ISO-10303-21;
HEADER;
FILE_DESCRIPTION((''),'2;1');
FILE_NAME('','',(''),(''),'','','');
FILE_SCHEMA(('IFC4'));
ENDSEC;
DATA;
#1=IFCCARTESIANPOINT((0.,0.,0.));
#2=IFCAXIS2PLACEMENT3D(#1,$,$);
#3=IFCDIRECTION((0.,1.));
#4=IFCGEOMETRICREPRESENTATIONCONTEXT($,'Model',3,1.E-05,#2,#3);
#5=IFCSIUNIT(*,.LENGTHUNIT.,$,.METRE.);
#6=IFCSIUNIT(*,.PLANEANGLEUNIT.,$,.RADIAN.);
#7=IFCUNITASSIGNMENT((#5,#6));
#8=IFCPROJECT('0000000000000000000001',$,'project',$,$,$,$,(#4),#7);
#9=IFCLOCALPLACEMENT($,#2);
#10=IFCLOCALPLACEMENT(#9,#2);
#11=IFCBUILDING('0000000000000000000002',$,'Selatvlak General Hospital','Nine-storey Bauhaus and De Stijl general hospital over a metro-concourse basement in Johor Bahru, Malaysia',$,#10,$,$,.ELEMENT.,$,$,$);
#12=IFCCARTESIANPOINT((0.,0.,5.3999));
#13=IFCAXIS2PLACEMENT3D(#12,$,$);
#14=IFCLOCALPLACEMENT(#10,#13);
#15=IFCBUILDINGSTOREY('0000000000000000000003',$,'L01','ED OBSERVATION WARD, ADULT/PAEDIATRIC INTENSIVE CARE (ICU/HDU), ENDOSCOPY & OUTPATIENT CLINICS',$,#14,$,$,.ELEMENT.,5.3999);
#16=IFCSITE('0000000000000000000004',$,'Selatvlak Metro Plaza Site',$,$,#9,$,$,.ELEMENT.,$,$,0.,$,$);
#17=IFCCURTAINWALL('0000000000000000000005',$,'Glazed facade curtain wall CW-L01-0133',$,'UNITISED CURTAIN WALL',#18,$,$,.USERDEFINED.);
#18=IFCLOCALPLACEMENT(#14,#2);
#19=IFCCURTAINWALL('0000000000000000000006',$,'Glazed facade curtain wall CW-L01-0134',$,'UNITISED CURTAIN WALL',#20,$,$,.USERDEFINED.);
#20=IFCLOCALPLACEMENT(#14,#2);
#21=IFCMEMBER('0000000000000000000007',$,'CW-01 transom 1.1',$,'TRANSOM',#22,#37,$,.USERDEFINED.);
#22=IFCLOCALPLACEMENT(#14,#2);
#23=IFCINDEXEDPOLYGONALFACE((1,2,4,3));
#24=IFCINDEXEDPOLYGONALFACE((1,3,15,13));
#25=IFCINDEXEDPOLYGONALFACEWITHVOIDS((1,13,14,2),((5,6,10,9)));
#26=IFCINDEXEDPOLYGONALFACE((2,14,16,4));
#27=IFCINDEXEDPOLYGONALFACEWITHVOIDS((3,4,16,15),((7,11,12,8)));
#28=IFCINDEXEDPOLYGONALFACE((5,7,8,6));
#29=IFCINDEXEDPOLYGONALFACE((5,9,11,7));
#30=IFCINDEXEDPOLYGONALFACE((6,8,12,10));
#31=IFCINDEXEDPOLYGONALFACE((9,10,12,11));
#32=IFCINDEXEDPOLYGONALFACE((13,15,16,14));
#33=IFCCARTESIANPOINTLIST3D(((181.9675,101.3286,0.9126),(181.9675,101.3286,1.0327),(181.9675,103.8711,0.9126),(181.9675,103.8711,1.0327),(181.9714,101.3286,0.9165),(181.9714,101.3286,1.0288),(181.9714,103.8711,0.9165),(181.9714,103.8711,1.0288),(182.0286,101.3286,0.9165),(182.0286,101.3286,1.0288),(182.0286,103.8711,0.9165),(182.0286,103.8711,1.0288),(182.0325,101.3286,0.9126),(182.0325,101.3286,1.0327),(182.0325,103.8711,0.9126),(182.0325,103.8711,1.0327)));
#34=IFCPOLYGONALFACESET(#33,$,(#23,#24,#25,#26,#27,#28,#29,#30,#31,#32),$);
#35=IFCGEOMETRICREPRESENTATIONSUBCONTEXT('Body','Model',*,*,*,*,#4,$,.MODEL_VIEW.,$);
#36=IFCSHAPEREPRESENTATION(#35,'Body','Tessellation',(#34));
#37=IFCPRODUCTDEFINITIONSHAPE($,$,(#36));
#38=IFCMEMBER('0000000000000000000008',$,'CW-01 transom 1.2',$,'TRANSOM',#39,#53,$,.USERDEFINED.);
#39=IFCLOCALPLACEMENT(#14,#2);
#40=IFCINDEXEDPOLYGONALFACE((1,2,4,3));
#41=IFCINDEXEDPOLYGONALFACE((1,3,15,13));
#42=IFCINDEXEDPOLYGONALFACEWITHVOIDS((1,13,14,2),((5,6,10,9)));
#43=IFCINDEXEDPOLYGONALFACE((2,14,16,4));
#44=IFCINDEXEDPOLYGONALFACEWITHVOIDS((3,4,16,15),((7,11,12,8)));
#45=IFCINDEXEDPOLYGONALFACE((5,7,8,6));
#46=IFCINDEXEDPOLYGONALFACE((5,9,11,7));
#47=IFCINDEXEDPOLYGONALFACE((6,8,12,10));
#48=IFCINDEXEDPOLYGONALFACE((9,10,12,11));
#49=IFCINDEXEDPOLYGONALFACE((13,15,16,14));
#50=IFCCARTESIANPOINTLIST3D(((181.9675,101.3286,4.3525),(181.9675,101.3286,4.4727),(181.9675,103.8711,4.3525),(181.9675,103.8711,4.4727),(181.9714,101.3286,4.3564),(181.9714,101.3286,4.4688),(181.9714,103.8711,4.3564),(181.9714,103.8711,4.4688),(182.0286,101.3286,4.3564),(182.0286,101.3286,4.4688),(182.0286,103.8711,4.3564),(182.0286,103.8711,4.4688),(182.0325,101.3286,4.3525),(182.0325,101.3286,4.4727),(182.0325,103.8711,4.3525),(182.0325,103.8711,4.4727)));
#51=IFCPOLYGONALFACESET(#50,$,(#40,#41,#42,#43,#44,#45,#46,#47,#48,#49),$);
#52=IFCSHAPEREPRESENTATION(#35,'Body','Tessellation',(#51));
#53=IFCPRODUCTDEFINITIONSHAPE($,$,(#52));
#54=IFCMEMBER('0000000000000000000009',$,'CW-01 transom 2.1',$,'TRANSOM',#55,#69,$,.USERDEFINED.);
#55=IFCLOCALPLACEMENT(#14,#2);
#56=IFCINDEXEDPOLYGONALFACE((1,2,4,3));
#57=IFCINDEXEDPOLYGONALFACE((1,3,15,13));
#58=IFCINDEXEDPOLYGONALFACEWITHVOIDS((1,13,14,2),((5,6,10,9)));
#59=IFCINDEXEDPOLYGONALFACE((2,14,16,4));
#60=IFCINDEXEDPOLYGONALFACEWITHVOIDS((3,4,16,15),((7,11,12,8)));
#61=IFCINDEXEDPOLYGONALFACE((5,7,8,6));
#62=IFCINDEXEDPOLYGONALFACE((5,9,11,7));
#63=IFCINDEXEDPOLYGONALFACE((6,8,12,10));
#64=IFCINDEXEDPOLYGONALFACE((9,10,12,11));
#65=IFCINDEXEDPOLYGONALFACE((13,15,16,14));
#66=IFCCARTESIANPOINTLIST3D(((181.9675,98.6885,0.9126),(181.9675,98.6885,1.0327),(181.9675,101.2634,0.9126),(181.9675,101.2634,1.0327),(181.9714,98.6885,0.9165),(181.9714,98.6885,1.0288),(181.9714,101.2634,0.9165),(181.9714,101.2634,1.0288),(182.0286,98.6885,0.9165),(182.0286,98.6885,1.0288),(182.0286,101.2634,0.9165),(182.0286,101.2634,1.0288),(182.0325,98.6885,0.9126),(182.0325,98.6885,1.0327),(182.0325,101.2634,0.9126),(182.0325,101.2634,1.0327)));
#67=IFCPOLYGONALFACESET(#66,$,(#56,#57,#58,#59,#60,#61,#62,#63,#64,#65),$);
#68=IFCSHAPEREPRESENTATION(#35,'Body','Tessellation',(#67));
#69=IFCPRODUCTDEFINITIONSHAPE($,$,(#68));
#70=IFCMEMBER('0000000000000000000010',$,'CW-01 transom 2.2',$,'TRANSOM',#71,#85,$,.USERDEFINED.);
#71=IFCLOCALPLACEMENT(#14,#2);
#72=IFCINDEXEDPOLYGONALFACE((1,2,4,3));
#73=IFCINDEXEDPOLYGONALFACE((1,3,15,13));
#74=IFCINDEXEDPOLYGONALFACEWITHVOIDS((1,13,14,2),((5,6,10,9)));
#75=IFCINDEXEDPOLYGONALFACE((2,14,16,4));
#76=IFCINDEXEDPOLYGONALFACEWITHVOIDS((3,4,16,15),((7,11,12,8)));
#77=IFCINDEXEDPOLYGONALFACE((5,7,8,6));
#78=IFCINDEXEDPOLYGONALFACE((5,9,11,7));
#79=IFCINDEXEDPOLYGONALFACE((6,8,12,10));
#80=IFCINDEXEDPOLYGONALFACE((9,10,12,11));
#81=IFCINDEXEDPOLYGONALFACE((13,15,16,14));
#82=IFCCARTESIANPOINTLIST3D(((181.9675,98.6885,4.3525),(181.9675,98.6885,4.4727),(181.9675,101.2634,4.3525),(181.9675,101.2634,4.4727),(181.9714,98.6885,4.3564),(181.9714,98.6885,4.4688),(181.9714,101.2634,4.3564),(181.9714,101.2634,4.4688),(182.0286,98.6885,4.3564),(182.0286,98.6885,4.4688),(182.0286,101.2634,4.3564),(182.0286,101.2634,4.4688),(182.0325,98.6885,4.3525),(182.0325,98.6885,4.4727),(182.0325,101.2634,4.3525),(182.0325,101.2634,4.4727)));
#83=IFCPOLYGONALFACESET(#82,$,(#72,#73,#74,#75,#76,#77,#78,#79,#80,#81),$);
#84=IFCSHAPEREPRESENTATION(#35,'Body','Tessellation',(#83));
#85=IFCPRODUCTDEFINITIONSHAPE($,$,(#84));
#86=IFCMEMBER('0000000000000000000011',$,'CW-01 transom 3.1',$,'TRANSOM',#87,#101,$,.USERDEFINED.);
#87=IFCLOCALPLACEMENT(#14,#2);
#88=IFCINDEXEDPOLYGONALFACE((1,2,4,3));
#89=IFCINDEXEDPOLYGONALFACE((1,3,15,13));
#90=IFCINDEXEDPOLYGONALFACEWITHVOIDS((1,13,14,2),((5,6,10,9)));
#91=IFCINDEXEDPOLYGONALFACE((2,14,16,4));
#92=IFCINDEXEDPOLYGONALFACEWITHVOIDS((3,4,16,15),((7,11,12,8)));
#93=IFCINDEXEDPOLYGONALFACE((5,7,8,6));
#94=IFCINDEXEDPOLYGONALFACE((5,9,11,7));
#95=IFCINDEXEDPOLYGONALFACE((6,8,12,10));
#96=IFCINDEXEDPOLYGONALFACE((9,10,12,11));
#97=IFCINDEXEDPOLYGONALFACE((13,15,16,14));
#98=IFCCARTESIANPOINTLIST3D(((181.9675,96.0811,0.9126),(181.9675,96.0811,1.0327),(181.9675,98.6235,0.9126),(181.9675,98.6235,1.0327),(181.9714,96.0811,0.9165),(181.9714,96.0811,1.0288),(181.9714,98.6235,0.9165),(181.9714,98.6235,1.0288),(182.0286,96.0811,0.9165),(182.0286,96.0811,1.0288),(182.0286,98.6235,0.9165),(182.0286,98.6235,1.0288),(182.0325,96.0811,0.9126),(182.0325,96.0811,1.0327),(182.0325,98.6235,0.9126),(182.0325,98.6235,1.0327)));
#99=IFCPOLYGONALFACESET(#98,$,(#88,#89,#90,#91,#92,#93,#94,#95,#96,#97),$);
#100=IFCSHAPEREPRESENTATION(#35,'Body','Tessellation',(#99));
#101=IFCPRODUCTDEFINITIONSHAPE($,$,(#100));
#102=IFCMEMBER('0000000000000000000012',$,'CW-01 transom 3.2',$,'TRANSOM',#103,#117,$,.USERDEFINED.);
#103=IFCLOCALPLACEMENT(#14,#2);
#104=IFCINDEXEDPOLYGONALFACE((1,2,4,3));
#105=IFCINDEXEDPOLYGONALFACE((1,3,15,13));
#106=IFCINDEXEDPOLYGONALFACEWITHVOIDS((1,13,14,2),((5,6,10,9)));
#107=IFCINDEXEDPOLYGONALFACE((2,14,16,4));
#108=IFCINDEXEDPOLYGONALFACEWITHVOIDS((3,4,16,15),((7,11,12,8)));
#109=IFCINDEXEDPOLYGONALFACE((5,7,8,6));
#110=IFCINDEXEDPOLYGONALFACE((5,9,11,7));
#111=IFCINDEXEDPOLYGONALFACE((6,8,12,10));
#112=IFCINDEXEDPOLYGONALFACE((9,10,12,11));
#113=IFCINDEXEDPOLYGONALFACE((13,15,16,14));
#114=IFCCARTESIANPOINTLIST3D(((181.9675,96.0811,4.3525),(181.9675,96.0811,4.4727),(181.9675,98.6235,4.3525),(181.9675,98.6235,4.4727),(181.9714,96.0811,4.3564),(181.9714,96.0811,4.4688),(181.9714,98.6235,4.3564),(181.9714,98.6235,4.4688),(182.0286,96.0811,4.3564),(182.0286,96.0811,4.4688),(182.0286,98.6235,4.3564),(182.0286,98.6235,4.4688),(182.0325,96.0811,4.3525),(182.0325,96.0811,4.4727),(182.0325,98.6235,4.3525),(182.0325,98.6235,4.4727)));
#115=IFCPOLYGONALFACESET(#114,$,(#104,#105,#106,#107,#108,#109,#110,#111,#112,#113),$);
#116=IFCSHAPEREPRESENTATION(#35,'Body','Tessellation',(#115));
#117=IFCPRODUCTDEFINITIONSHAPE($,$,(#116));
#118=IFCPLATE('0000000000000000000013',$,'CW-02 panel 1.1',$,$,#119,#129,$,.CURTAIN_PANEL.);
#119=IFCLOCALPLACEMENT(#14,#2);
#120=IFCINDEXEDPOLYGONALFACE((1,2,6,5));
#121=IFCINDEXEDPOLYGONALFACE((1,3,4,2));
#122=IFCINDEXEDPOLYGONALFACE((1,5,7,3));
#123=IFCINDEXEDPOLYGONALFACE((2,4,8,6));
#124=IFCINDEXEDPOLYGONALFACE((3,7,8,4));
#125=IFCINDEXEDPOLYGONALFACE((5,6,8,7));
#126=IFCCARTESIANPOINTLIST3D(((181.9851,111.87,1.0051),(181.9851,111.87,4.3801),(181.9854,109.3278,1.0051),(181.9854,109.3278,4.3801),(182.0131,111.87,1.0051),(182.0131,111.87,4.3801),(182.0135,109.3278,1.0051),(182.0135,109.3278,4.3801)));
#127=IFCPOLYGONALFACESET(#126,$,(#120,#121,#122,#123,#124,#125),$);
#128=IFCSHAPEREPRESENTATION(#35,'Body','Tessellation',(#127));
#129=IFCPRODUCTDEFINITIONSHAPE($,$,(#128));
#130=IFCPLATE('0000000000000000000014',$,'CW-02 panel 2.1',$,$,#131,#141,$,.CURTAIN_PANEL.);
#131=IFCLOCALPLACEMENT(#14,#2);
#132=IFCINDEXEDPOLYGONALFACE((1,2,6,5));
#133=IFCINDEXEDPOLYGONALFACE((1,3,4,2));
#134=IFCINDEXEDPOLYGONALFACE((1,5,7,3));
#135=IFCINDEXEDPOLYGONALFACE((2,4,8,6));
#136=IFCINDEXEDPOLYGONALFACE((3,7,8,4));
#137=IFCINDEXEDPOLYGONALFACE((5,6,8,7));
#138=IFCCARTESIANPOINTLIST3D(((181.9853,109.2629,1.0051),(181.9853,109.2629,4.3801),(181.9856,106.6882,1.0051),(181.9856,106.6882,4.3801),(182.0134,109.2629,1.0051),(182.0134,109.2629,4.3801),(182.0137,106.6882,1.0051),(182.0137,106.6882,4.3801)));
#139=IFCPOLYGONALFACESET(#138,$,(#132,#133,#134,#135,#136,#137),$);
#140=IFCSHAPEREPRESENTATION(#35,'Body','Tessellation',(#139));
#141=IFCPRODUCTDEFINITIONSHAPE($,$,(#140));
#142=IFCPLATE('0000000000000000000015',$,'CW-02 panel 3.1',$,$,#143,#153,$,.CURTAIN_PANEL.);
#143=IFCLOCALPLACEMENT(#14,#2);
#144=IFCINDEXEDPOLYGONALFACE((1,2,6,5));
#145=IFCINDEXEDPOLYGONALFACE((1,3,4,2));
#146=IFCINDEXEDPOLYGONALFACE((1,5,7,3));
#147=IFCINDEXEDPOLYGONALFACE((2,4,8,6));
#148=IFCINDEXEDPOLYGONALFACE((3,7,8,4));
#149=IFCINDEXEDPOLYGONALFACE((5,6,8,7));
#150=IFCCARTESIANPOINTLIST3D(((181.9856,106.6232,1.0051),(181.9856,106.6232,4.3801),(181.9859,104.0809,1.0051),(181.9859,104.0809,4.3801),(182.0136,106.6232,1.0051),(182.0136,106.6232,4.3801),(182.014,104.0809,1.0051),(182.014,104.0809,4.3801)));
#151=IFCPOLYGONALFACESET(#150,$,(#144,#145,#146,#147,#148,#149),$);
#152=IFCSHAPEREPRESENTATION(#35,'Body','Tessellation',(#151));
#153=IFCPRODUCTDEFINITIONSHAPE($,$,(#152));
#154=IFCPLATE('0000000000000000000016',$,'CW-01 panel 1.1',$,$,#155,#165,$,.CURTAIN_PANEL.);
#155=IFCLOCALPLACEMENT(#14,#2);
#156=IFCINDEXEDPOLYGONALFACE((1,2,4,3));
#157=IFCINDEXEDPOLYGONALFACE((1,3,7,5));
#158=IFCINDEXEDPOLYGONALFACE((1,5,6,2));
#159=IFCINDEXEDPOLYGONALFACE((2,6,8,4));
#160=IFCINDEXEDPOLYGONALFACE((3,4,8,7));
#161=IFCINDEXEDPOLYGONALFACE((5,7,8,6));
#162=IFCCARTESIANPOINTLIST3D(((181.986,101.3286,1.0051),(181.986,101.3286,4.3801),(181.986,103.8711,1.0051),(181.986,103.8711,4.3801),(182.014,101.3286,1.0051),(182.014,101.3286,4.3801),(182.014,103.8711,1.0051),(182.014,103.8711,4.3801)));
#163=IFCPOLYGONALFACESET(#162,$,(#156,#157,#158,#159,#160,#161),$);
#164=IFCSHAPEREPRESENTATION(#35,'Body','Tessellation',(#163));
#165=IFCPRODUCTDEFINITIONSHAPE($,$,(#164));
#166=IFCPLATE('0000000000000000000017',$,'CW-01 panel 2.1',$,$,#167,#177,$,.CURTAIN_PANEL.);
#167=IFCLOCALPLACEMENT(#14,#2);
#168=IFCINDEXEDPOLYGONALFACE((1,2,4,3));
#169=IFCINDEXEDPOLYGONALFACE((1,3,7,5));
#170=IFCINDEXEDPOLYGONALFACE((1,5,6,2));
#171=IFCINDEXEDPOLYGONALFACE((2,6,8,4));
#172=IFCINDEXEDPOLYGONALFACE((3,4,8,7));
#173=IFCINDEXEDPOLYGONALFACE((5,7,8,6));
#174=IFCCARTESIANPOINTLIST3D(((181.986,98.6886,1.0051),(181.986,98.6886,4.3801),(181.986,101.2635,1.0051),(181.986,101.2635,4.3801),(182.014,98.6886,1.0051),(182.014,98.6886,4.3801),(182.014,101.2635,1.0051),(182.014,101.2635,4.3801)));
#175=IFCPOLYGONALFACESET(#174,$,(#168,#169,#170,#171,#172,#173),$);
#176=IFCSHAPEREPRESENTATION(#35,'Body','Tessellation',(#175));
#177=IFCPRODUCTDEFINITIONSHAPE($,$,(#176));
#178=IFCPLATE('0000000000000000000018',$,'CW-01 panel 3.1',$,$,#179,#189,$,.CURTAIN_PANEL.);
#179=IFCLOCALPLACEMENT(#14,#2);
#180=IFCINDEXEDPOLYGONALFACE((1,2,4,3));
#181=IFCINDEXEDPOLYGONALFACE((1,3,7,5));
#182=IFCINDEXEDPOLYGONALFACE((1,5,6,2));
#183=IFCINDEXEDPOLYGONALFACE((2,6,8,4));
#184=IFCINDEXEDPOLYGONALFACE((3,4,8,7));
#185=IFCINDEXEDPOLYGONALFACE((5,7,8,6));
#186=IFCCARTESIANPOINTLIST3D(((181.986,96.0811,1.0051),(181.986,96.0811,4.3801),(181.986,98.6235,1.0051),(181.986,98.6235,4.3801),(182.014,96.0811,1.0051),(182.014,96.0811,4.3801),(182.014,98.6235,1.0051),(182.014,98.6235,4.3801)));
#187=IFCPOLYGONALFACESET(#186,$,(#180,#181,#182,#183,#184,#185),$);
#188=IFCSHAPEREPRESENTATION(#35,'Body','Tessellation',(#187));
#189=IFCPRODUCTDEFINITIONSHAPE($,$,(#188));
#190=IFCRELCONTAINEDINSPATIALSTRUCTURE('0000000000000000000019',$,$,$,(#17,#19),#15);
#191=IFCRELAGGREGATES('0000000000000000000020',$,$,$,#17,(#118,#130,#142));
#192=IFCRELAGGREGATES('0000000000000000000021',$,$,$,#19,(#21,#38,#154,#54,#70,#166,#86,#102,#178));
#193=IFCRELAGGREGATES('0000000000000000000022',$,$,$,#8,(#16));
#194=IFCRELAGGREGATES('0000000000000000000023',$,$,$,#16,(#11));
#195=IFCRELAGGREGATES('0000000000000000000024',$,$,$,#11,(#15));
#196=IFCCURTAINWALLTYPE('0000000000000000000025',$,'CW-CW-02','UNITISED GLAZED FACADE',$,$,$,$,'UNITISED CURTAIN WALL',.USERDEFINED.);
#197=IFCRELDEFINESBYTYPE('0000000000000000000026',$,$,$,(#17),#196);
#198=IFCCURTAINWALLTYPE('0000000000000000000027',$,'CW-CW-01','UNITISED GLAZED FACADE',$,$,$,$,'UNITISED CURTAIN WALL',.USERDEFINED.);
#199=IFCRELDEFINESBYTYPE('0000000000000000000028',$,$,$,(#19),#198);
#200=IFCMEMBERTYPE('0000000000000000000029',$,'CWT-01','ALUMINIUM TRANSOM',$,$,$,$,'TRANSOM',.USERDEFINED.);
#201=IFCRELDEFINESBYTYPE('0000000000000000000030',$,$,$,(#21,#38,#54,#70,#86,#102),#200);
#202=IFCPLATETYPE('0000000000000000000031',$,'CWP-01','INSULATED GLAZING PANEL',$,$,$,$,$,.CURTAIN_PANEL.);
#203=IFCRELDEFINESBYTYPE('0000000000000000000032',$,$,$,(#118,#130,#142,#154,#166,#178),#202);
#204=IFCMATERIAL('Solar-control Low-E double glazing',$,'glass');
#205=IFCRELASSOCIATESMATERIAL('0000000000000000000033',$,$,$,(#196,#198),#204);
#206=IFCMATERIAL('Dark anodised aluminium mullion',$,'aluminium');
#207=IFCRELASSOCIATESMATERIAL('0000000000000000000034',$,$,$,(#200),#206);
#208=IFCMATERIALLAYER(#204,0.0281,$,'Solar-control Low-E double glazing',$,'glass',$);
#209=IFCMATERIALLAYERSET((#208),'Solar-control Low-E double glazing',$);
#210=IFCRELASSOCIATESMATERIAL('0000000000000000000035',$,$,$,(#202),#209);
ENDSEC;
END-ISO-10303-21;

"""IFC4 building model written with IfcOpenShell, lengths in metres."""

from ifc_helpers import new_model, si_unit, direction, frame, origin, origin_2d, place, context, subcontext, project, spatial, rectangle, hollow_rectangle, extrude, material, layer, layer_set, material_profile, profile_set, type_object, element, aggregate, save


model = new_model("IFC4")

# Units and contexts
model_context = context("Model", 3, precision=1e-05, world=origin(), true_north=direction((0.0, 1.0)))
body_context = subcontext(model_context, "Body", "Model", "MODEL_VIEW")
ifc_project = project(units=[si_unit("LENGTHUNIT", "METRE"), si_unit("PLANEANGLEUNIT", "RADIAN")], contexts=[model_context])

# Site, building, storey
site_placement = place(None, origin())
site = spatial("IfcSite", under=ifc_project, at=site_placement, Name="Selatvlak Metro Plaza Site", CompositionType="ELEMENT", RefElevation=0.0)
building_placement = place(site_placement, origin())
building = spatial("IfcBuilding", under=site, at=building_placement, Name="Selatvlak General Hospital", Description="Nine-storey Bauhaus and De Stijl general hospital over a metro-concourse basement in Johor Bahru, Malaysia", CompositionType="ELEMENT")
storey_placement = place(building_placement, frame((0.0, 0.0, 5.3999)))
storey = spatial("IfcBuildingStorey", under=building, at=storey_placement, Name="L01", Description="ED OBSERVATION WARD, ADULT/PAEDIATRIC INTENSIVE CARE (ICU/HDU), ENDOSCOPY & OUTPATIENT CLINICS", CompositionType="ELEMENT", Elevation=5.3999)

# Curtain walls
ifc_material_1 = material(Name="Solar-control Low-E double glazing", Category="glass")
curtain_wall_type_1 = type_object("IfcCurtainWallType", Name="CW-CW-02", Description="UNITISED GLAZED FACADE", ElementType="UNITISED CURTAIN WALL", PredefinedType="USERDEFINED", material=ifc_material_1)
curtain_wall_1_placement = place(storey_placement, origin())
curtain_wall_1 = element("IfcCurtainWall", 1, at=curtain_wall_1_placement, inside=storey, type_object=curtain_wall_type_1, Name="Glazed facade curtain wall CW-L01-0133", ObjectType="UNITISED CURTAIN WALL", PredefinedType="USERDEFINED")
ifc_material_2 = material(Name="Dark anodised aluminium mullion", Category="aluminium")
curtain_wall_type_2 = type_object("IfcCurtainWallType", Name="CW-CW-01", Description="UNITISED GLAZED FACADE", ElementType="UNITISED CURTAIN WALL", PredefinedType="USERDEFINED", material=ifc_material_1)
curtain_wall_2_placement = place(storey_placement, origin())
curtain_wall_2 = element("IfcCurtainWall", 2, at=curtain_wall_2_placement, inside=storey, type_object=curtain_wall_type_2, Name="Glazed facade curtain wall CW-L01-0134", ObjectType="UNITISED CURTAIN WALL", PredefinedType="USERDEFINED")

# Members
ifc_material_profile_1 = material_profile(ifc_material_2, hollow_rectangle(XDim=0.0649, YDim=0.1201, WallThickness=0.0039, at=origin_2d()), Name="AL-TRN 65x120x4")
ifc_profile_set_1 = profile_set([ifc_material_profile_1], Name="Dark anodised aluminium mullion")
member_type_1 = type_object("IfcMemberType", Name="CWT-01", Description="ALUMINIUM TRANSOM", ElementType="TRANSOM", PredefinedType="USERDEFINED", material=ifc_profile_set_1)
member_1_placement = place(storey_placement, frame((182.0, 103.8711, 0.9727), z_axis=(0.0, -1.0, 0.0), x_axis=(1.0, 0.0, 0.0)))
member_1 = element("IfcMember", 3, at=member_1_placement, type_object=member_type_1, Name="CW-01 transom 1.1", ObjectType="TRANSOM", PredefinedType="USERDEFINED", context=body_context, shape_type="SweptSolid", body=[
    extrude(hollow_rectangle(XDim=0.0649, YDim=0.1201, WallThickness=0.0039, at=origin_2d()), origin(), (0.0, 0.0, 1.0), 2.5425),
])
member_2_placement = place(storey_placement, frame((182.0, 103.8711, 4.4126), z_axis=(0.0, -1.0, 0.0), x_axis=(1.0, 0.0, 0.0)))
member_2 = element("IfcMember", 4, at=member_2_placement, type_object=member_type_1, Name="CW-01 transom 1.2", ObjectType="TRANSOM", PredefinedType="USERDEFINED", context=body_context, shape_type="SweptSolid", body=[
    extrude(hollow_rectangle(XDim=0.0649, YDim=0.1201, WallThickness=0.0039, at=origin_2d()), origin(), (0.0, 0.0, 1.0), 2.5425),
])
member_3_placement = place(storey_placement, frame((182.0, 101.2634, 0.9727), z_axis=(0.0, -1.0, 0.0), x_axis=(1.0, 0.0, 0.0)))
member_3 = element("IfcMember", 5, at=member_3_placement, type_object=member_type_1, Name="CW-01 transom 2.1", ObjectType="TRANSOM", PredefinedType="USERDEFINED", context=body_context, shape_type="SweptSolid", body=[
    extrude(hollow_rectangle(XDim=0.0649, YDim=0.1201, WallThickness=0.0039, at=origin_2d()), origin(), (0.0, 0.0, 1.0), 2.575),
])
member_4_placement = place(storey_placement, frame((182.0, 101.2634, 4.4126), z_axis=(0.0, -1.0, 0.0), x_axis=(1.0, 0.0, 0.0)))
member_4 = element("IfcMember", 6, at=member_4_placement, type_object=member_type_1, Name="CW-01 transom 2.2", ObjectType="TRANSOM", PredefinedType="USERDEFINED", context=body_context, shape_type="SweptSolid", body=[
    extrude(hollow_rectangle(XDim=0.0649, YDim=0.1201, WallThickness=0.0039, at=origin_2d()), origin(), (0.0, 0.0, 1.0), 2.575),
])
member_5_placement = place(storey_placement, frame((182.0, 98.6235, 0.9727), z_axis=(0.0, -1.0, 0.0), x_axis=(1.0, 0.0, 0.0)))
member_5 = element("IfcMember", 7, at=member_5_placement, type_object=member_type_1, Name="CW-01 transom 3.1", ObjectType="TRANSOM", PredefinedType="USERDEFINED", context=body_context, shape_type="SweptSolid", body=[
    extrude(hollow_rectangle(XDim=0.0649, YDim=0.1201, WallThickness=0.0039, at=origin_2d()), origin(), (0.0, 0.0, 1.0), 2.5425),
])
member_6_placement = place(storey_placement, frame((182.0, 98.6235, 4.4126), z_axis=(0.0, -1.0, 0.0), x_axis=(1.0, 0.0, 0.0)))
member_6 = element("IfcMember", 8, at=member_6_placement, type_object=member_type_1, Name="CW-01 transom 3.2", ObjectType="TRANSOM", PredefinedType="USERDEFINED", context=body_context, shape_type="SweptSolid", body=[
    extrude(hollow_rectangle(XDim=0.0649, YDim=0.1201, WallThickness=0.0039, at=origin_2d()), origin(), (0.0, 0.0, 1.0), 2.5425),
])

# Plates
ifc_layer_1 = layer(ifc_material_1, 0.0281, Name="Solar-control Low-E double glazing", Category="glass")
ifc_layer_set_1 = layer_set([ifc_layer_1], Name="Solar-control Low-E double glazing")
plate_type = type_object("IfcPlateType", Name="CWP-01", Description="INSULATED GLAZING PANEL", PredefinedType="CURTAIN_PANEL", material=ifc_layer_set_1)
plate_1_placement = place(storey_placement, frame((181.9993, 110.5989, 1.0051), z_axis=(0.0, 0.0, 1.0), x_axis=(0.000126, -1.0, 0.0)))
plate_1 = element("IfcPlate", 9, at=plate_1_placement, type_object=plate_type, Name="CW-02 panel 1.1", PredefinedType="CURTAIN_PANEL", context=body_context, shape_type="SweptSolid", body=[
    extrude(rectangle(XDim=2.5422, YDim=0.0281, at=origin_2d()), origin(), (0.0, 0.0, 1.0), 3.375),
])
plate_2_placement = place(storey_placement, frame((181.9995, 107.9756, 1.0051), z_axis=(0.0, 0.0, 1.0), x_axis=(0.000126, -1.0, 0.0)))
plate_2 = element("IfcPlate", 10, at=plate_2_placement, type_object=plate_type, Name="CW-02 panel 2.1", PredefinedType="CURTAIN_PANEL", context=body_context, shape_type="SweptSolid", body=[
    extrude(rectangle(XDim=2.5747, YDim=0.0281, at=origin_2d()), origin(), (0.0, 0.0, 1.0), 3.375),
])
plate_3_placement = place(storey_placement, frame((181.9998, 105.3521, 1.0051), z_axis=(0.0, 0.0, 1.0), x_axis=(0.000126, -1.0, 0.0)))
plate_3 = element("IfcPlate", 11, at=plate_3_placement, type_object=plate_type, Name="CW-02 panel 3.1", PredefinedType="CURTAIN_PANEL", context=body_context, shape_type="SweptSolid", body=[
    extrude(rectangle(XDim=2.5422, YDim=0.0281, at=origin_2d()), origin(), (0.0, 0.0, 1.0), 3.375),
])
aggregate(curtain_wall_1, [plate_1, plate_2, plate_3])
plate_4_placement = place(storey_placement, frame((182.0, 102.5999, 1.0051), z_axis=(0.0, 0.0, 1.0), x_axis=(0.0, -1.0, 0.0)))
plate_4 = element("IfcPlate", 12, at=plate_4_placement, type_object=plate_type, Name="CW-01 panel 1.1", PredefinedType="CURTAIN_PANEL", context=body_context, shape_type="SweptSolid", body=[
    extrude(rectangle(XDim=2.5425, YDim=0.0281, at=origin_2d()), origin(), (0.0, 0.0, 1.0), 3.375),
])
plate_5_placement = place(storey_placement, frame((182.0, 99.9761, 1.0051), z_axis=(0.0, 0.0, 1.0), x_axis=(0.0, -1.0, 0.0)))
plate_5 = element("IfcPlate", 13, at=plate_5_placement, type_object=plate_type, Name="CW-01 panel 2.1", PredefinedType="CURTAIN_PANEL", context=body_context, shape_type="SweptSolid", body=[
    extrude(rectangle(XDim=2.575, YDim=0.0281, at=origin_2d()), origin(), (0.0, 0.0, 1.0), 3.375),
])
plate_6_placement = place(storey_placement, frame((182.0, 97.3523, 1.0051), z_axis=(0.0, 0.0, 1.0), x_axis=(0.0, -1.0, 0.0)))
plate_6 = element("IfcPlate", 14, at=plate_6_placement, type_object=plate_type, Name="CW-01 panel 3.1", PredefinedType="CURTAIN_PANEL", context=body_context, shape_type="SweptSolid", body=[
    extrude(rectangle(XDim=2.5425, YDim=0.0281, at=origin_2d()), origin(), (0.0, 0.0, 1.0), 3.375),
])
aggregate(curtain_wall_2, [member_1, member_2, plate_4, member_3, member_4, plate_5, member_5, member_6, plate_6])

save(model, "model.ifc")
